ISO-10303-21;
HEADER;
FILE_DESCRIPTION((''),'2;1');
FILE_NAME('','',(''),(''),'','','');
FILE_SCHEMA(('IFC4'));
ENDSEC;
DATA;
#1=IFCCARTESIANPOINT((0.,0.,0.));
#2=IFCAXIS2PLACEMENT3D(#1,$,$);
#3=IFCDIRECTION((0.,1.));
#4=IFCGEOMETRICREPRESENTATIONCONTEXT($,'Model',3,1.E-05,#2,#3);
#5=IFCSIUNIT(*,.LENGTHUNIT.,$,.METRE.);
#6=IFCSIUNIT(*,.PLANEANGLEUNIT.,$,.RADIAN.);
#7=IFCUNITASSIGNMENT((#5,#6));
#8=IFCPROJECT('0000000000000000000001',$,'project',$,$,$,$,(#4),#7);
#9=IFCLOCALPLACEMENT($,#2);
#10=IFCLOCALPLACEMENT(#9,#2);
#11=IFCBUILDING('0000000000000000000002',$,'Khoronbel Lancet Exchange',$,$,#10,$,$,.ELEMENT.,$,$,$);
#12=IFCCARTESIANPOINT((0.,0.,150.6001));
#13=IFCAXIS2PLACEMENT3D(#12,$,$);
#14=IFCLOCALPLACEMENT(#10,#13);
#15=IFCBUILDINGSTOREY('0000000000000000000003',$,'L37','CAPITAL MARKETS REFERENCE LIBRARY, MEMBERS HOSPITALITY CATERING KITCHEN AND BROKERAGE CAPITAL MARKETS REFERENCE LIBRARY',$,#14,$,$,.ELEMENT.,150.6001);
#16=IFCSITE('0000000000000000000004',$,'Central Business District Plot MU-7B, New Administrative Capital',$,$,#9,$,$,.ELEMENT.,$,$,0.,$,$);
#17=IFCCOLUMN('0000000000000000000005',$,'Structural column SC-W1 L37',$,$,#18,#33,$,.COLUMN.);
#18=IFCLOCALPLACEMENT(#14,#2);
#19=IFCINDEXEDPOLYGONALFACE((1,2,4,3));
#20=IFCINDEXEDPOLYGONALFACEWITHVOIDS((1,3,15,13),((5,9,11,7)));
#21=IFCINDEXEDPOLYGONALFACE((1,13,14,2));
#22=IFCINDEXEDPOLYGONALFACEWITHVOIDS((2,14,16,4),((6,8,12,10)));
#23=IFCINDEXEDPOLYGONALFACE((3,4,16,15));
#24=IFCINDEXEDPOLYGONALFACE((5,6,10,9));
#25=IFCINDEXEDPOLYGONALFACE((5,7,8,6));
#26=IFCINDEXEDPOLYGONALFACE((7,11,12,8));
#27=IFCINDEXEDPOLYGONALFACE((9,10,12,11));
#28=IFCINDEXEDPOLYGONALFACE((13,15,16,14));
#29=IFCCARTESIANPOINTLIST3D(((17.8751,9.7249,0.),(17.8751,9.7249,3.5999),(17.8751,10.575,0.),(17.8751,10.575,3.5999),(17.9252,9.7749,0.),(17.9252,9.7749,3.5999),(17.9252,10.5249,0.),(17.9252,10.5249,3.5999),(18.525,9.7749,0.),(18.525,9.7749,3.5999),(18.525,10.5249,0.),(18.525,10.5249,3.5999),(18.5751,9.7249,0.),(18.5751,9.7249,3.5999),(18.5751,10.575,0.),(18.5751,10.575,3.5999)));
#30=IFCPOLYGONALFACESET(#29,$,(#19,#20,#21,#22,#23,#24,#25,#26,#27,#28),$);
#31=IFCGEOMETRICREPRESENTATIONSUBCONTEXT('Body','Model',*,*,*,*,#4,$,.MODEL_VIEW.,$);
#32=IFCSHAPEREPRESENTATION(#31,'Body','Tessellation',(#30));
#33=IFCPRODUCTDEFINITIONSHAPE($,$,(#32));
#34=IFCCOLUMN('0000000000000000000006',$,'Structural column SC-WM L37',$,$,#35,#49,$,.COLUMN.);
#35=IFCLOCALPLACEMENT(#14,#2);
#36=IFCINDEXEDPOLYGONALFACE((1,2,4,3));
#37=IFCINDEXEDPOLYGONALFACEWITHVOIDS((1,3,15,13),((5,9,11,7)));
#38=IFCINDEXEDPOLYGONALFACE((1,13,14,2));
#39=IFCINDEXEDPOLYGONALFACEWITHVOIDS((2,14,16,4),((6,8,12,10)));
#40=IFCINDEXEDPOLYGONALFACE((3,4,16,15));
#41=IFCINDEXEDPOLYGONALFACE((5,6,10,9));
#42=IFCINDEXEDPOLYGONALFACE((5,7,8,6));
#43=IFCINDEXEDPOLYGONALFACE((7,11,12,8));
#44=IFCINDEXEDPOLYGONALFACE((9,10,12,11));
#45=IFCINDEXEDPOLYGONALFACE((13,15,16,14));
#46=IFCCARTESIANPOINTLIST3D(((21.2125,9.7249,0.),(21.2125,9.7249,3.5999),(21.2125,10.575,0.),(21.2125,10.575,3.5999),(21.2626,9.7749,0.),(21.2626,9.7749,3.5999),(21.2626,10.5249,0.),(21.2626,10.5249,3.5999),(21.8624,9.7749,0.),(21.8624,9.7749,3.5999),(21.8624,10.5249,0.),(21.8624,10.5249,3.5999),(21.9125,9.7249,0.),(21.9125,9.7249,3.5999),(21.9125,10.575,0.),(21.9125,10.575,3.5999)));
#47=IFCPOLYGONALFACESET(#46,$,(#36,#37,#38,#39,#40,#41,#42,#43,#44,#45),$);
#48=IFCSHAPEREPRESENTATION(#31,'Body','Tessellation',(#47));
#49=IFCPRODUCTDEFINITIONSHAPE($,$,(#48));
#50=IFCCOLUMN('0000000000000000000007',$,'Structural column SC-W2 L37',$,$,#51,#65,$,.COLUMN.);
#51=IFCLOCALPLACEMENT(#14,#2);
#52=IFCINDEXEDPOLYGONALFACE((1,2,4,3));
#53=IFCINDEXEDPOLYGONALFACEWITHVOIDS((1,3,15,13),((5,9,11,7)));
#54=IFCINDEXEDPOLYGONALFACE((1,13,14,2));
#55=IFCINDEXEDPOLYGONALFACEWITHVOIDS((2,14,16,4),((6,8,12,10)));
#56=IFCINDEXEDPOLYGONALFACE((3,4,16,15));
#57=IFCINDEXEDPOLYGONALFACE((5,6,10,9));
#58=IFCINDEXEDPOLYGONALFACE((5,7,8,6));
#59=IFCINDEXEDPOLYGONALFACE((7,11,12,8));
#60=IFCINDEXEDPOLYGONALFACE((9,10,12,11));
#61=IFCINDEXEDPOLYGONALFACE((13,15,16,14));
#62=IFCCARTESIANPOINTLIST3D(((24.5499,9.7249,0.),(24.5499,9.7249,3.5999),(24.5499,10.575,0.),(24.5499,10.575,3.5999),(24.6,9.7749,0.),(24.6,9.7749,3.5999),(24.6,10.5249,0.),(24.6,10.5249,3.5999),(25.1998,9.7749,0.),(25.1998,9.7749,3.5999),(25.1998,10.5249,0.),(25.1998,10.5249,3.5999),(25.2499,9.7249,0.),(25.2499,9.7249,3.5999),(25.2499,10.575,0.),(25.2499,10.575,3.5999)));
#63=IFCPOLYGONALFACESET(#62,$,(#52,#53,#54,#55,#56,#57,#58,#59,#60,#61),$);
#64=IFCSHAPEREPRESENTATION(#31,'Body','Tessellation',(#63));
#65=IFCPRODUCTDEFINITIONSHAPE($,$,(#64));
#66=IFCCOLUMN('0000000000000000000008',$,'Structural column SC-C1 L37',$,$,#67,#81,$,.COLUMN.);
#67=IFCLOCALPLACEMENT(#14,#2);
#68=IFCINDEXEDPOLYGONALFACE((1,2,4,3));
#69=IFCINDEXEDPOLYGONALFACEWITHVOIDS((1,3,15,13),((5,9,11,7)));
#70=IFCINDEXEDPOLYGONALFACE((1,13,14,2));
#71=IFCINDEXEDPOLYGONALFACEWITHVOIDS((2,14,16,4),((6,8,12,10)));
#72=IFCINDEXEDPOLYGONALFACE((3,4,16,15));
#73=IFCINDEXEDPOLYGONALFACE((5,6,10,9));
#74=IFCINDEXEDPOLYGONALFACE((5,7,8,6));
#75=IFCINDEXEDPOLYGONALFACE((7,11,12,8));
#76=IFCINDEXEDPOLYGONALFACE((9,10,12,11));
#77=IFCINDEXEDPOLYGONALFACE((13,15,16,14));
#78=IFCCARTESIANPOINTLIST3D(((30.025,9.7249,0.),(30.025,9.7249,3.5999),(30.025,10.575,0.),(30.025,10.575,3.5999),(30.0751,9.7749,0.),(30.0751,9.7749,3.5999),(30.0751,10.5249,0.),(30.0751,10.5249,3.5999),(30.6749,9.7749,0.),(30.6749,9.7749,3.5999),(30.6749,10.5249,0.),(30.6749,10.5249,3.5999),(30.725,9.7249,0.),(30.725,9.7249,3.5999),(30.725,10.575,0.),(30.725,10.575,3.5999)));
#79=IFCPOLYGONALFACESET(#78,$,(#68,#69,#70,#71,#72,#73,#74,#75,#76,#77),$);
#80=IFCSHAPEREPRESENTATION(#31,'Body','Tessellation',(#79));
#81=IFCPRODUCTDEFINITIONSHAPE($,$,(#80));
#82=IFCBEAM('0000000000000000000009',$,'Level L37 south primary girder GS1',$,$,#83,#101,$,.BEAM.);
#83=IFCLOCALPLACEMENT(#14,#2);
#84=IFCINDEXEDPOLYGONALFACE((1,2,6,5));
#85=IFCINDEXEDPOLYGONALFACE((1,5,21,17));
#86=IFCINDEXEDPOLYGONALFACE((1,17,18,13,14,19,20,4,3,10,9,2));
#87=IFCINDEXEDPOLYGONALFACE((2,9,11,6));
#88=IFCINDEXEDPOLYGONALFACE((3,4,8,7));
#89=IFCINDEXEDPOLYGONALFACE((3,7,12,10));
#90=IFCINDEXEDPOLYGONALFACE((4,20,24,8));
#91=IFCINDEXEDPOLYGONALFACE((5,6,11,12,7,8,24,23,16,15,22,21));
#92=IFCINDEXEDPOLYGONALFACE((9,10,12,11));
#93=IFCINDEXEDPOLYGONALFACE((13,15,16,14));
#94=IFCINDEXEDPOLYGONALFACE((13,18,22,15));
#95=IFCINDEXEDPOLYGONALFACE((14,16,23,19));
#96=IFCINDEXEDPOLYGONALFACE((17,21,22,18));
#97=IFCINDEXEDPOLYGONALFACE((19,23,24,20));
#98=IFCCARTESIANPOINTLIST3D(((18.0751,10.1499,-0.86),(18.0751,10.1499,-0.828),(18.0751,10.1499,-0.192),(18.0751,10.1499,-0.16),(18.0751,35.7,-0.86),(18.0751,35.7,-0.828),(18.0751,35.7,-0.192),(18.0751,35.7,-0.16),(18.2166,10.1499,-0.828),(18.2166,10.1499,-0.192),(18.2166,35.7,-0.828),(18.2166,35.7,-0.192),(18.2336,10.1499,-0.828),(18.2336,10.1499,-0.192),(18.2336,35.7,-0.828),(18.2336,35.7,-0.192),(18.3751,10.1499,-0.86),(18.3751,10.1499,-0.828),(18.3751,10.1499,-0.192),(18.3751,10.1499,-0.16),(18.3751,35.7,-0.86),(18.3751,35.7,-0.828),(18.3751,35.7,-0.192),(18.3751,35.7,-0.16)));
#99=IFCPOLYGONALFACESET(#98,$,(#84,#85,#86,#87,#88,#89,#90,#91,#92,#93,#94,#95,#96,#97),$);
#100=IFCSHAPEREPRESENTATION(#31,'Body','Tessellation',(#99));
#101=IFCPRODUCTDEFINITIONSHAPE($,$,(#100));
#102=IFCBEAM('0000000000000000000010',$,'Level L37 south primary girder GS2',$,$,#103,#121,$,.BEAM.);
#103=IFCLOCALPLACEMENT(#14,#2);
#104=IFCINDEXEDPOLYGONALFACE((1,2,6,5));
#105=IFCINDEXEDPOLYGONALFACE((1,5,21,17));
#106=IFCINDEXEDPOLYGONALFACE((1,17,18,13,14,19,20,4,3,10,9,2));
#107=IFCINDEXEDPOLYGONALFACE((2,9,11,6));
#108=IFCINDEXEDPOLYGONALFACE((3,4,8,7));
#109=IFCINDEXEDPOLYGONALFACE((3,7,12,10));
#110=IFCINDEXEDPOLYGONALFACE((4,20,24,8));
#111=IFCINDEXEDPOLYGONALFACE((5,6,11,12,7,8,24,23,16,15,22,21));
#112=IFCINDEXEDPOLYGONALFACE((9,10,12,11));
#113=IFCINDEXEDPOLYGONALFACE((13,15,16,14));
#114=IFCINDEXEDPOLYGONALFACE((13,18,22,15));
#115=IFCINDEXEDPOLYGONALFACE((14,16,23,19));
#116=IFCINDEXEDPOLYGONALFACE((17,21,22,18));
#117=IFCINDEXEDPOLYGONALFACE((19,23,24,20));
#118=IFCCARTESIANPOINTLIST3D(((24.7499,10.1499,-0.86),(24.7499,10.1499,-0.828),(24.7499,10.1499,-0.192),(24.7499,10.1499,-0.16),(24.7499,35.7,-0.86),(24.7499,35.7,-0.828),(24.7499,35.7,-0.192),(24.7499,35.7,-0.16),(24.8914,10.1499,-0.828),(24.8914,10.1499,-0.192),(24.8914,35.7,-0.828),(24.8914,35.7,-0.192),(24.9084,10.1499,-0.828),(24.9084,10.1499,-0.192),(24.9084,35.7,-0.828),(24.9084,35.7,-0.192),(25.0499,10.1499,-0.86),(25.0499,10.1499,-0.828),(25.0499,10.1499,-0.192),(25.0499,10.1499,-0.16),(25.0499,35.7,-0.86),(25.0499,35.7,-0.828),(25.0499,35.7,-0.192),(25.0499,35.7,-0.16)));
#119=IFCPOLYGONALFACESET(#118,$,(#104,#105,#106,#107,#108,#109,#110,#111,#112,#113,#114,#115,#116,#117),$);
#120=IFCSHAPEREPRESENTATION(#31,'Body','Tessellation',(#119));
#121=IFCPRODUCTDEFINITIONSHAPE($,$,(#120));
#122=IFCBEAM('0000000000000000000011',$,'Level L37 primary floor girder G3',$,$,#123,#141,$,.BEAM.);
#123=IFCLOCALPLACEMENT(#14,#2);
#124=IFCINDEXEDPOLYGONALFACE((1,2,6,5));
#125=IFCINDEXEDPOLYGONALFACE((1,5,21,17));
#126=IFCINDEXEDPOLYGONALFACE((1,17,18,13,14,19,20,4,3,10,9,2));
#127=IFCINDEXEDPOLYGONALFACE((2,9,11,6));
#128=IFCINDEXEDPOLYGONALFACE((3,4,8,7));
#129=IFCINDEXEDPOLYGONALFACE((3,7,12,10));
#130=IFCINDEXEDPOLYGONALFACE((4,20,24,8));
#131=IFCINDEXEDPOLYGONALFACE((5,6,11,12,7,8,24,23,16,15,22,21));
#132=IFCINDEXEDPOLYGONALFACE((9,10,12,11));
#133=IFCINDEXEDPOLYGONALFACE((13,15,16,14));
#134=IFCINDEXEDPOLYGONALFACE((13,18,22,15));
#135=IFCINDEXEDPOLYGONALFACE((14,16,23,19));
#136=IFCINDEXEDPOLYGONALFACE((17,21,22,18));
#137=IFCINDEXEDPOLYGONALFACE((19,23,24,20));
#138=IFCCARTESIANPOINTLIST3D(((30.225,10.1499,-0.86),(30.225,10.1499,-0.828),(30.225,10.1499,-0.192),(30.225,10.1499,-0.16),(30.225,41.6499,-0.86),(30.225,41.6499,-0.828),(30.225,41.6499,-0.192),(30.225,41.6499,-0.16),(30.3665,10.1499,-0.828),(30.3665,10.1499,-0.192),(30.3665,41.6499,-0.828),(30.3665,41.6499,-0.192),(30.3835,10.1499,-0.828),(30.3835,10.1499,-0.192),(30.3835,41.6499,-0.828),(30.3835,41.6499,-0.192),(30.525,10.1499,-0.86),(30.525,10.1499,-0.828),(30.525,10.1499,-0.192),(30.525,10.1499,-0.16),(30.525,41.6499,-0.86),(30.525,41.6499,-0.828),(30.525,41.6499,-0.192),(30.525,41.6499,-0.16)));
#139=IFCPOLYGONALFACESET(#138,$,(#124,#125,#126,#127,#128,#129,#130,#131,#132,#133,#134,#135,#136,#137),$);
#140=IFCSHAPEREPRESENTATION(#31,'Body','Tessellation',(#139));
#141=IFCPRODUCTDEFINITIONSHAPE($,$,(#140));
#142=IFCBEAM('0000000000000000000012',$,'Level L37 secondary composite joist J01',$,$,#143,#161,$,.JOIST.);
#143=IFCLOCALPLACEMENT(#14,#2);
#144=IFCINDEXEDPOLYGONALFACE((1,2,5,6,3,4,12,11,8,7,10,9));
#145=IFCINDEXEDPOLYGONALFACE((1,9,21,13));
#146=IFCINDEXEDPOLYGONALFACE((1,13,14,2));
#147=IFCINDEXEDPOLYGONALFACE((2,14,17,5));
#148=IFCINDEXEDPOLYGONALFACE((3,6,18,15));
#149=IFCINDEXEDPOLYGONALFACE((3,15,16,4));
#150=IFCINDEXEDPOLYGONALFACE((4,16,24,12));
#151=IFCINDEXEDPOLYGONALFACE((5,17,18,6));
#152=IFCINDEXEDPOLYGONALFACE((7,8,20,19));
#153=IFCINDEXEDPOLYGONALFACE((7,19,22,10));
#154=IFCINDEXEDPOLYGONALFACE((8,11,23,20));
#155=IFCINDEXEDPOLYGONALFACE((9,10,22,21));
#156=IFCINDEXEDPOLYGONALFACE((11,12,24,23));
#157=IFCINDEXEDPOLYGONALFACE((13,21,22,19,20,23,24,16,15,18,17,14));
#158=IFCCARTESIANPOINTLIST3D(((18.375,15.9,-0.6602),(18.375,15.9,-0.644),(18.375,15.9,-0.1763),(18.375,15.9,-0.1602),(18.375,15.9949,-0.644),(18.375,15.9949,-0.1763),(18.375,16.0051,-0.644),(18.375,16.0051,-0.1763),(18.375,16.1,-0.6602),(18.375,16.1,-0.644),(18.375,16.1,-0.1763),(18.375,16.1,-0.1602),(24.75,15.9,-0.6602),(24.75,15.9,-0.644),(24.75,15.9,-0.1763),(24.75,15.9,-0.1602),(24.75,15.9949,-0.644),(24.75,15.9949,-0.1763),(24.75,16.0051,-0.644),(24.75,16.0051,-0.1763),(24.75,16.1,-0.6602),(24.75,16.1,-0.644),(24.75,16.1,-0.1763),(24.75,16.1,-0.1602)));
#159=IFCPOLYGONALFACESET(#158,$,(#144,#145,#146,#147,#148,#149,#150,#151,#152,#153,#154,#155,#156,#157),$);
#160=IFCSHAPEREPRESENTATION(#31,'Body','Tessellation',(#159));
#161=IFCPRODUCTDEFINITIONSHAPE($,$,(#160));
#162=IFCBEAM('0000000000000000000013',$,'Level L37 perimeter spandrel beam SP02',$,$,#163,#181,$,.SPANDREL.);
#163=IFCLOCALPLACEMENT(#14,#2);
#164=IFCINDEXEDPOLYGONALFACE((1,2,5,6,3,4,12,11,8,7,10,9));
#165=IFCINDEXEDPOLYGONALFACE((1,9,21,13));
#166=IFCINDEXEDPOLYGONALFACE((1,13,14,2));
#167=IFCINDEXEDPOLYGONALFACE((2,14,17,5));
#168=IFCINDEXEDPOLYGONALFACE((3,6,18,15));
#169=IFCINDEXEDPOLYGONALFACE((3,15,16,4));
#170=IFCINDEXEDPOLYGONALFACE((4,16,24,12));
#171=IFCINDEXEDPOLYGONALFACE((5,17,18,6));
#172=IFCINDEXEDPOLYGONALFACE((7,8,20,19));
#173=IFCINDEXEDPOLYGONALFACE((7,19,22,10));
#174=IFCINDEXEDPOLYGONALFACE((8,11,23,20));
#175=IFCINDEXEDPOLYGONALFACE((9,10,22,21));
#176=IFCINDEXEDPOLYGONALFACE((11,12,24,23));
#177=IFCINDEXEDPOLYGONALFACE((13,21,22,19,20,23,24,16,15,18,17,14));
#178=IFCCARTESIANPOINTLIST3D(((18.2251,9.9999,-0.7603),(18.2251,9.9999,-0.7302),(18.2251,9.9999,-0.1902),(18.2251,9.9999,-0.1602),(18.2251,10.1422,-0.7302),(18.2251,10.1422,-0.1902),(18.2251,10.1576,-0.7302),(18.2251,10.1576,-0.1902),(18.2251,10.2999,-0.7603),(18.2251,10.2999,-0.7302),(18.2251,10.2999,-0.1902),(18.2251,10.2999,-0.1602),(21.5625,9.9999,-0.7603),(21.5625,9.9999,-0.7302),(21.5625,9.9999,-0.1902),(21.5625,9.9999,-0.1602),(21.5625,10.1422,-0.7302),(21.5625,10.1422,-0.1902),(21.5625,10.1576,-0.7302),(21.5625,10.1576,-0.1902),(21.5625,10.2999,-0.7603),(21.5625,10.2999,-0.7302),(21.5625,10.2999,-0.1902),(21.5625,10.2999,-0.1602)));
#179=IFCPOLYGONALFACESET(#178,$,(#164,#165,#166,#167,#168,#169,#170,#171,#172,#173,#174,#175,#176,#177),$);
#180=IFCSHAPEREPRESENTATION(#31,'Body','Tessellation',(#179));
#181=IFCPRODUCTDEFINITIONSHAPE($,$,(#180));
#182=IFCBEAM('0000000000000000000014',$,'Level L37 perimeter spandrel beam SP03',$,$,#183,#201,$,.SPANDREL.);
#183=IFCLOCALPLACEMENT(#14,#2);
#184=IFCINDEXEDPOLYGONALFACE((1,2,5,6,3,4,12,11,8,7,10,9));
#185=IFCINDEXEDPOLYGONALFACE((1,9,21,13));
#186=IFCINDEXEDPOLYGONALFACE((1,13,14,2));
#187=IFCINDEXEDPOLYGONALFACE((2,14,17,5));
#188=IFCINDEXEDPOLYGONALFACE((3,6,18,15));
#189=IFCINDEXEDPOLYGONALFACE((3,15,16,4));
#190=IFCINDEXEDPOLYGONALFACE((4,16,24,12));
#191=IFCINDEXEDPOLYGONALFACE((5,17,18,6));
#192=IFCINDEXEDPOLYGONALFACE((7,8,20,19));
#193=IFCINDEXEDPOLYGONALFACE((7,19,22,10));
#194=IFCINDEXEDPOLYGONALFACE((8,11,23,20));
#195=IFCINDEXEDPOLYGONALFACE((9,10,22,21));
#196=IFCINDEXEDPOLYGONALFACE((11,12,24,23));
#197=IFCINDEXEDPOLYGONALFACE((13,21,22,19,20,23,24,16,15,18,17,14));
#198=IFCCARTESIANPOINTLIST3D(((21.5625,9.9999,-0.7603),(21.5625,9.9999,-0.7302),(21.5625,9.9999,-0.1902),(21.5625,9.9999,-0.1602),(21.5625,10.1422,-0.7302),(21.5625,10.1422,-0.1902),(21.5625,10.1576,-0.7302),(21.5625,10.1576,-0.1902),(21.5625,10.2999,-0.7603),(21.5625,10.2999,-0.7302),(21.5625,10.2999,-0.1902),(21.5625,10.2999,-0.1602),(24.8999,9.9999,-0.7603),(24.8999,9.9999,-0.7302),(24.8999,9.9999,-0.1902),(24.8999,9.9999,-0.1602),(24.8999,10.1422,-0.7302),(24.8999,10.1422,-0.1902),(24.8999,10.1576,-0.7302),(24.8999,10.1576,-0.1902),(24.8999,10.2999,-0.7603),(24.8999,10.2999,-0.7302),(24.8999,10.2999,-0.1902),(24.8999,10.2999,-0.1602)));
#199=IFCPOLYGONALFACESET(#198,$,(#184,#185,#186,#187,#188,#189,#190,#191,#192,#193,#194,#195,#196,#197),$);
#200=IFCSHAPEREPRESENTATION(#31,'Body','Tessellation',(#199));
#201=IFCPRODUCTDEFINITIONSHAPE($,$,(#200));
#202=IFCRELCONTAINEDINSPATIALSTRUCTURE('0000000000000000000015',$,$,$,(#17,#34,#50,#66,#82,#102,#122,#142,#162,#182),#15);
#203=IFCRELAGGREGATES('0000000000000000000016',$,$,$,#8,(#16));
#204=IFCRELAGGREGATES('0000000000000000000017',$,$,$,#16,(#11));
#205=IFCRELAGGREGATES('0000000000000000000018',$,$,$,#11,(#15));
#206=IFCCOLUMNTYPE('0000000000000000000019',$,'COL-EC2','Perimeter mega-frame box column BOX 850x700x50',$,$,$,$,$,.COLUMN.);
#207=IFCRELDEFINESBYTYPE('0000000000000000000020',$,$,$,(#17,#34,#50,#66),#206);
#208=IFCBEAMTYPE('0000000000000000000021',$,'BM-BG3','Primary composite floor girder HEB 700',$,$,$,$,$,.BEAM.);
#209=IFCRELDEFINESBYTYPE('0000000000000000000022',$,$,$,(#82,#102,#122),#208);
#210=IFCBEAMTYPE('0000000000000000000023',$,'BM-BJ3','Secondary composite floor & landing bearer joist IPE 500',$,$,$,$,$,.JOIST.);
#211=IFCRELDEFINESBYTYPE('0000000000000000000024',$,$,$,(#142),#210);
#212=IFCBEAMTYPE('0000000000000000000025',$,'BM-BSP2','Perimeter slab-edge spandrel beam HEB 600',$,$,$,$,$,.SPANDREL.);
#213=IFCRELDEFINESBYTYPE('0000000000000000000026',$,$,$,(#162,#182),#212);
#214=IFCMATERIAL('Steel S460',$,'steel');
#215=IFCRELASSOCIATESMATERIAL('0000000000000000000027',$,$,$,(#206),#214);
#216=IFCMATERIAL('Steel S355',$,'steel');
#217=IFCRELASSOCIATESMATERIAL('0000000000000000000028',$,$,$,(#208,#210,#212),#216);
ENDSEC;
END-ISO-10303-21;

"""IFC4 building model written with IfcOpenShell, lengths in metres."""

from ifc_helpers import new_model, si_unit, direction, frame, origin, origin_2d, place, context, subcontext, project, spatial, hollow_rectangle, i_section, extrude, material, material_profile, profile_set, type_object, element, save


model = new_model("IFC4")

# Units and contexts
model_context = context("Model", 3, precision=1e-05, world=origin(), true_north=direction((0.0, 1.0)))
body_context = subcontext(model_context, "Body", "Model", "MODEL_VIEW")
ifc_project = project(units=[si_unit("LENGTHUNIT", "METRE"), si_unit("PLANEANGLEUNIT", "RADIAN")], contexts=[model_context])

# Site, building, storey
site_placement = place(None, origin())
site = spatial("IfcSite", under=ifc_project, at=site_placement, Name="Central Business District Plot MU-7B, New Administrative Capital", CompositionType="ELEMENT", RefElevation=0.0)
building_placement = place(site_placement, origin())
building = spatial("IfcBuilding", under=site, at=building_placement, Name="Khoronbel Lancet Exchange", CompositionType="ELEMENT")
storey_placement = place(building_placement, frame((0.0, 0.0, 150.6001)))
storey = spatial("IfcBuildingStorey", under=building, at=storey_placement, Name="L37", Description="CAPITAL MARKETS REFERENCE LIBRARY, MEMBERS HOSPITALITY CATERING KITCHEN AND BROKERAGE CAPITAL MARKETS REFERENCE LIBRARY", CompositionType="ELEMENT", Elevation=150.6001)

# Columns
ifc_material_1 = material(Name="Steel S460", Category="steel")
ifc_material_profile_1 = material_profile(ifc_material_1, hollow_rectangle(XDim=0.7, YDim=0.8501, WallThickness=0.05, at=origin_2d()), Name="BOX 850x700x50")
ifc_profile_set_1 = profile_set([ifc_material_profile_1], Name="Steel S460")
column_type = type_object("IfcColumnType", Name="COL-EC2", Description="Perimeter mega-frame box column BOX 850x700x50", PredefinedType="COLUMN", material=ifc_profile_set_1)
for number, where, z_axis, x_axis, name in (
    (1, (18.2251, 10.1499, 0.0), (0.0, 0.0, 1.0), (1.0, 0.0, 0.0), "Structural column SC-W1 L37"),
    (2, (21.5625, 10.1499, 0.0), (0.0, 0.0, 1.0), (1.0, 0.0, 0.0), "Structural column SC-WM L37"),
    (3, (24.8999, 10.1499, 0.0), (0.0, 0.0, 1.0), (1.0, 0.0, 0.0), "Structural column SC-W2 L37"),
    (4, (30.375, 10.1499, 0.0), (0.0, 0.0, 1.0), (1.0, 0.0, 0.0), "Structural column SC-C1 L37"),
):
    element("IfcColumn", number, at=place(storey_placement, frame(where, z_axis=z_axis, x_axis=x_axis)), inside=storey, type_object=column_type, Name=name, PredefinedType="COLUMN", context=body_context, shape_type="SweptSolid", body=[
        extrude(hollow_rectangle(XDim=0.7, YDim=0.8501, WallThickness=0.05, at=origin_2d()), origin(), (0.0, 0.0, 1.0), 3.5999),
    ])

# Beams
ifc_material_2 = material(Name="Steel S355", Category="steel")
ifc_material_profile_2 = material_profile(ifc_material_2, i_section(OverallWidth=0.3, OverallDepth=0.7, WebThickness=0.0171, FlangeThickness=0.032, at=origin_2d()), Name="HEB 700")
ifc_profile_set_2 = profile_set([ifc_material_profile_2], Name="Steel S355")
beam_type_1 = type_object("IfcBeamType", Name="BM-BG3", Description="Primary composite floor girder HEB 700", PredefinedType="BEAM", material=ifc_profile_set_2)
for number, where, z_axis, x_axis, name in (
    (5, (18.2251, 10.1499, -0.51), (0.0, 1.0, 0.0), (-1.0, 0.0, 0.0), "Level L37 south primary girder GS1"),
    (6, (24.8999, 10.1499, -0.51), (0.0, 1.0, 0.0), (-1.0, 0.0, 0.0), "Level L37 south primary girder GS2"),
):
    element("IfcBeam", number, at=place(storey_placement, frame(where, z_axis=z_axis, x_axis=x_axis)), inside=storey, type_object=beam_type_1, Name=name, PredefinedType="BEAM", context=body_context, shape_type="SweptSolid", body=[
        extrude(i_section(OverallWidth=0.3, OverallDepth=0.7, WebThickness=0.0171, FlangeThickness=0.032, at=origin_2d()), origin(), (0.0, 0.0, 1.0), 25.55),
    ])
beam_1_placement = place(storey_placement, frame((30.375, 10.1499, -0.51), z_axis=(0.0, 1.0, 0.0), x_axis=(-1.0, 0.0, 0.0)))
element("IfcBeam", 7, at=beam_1_placement, inside=storey, type_object=beam_type_1, Name="Level L37 primary floor girder G3", PredefinedType="BEAM", context=body_context, shape_type="SweptSolid", body=[
    extrude(i_section(OverallWidth=0.3, OverallDepth=0.7, WebThickness=0.0171, FlangeThickness=0.032, at=origin_2d()), origin(), (0.0, 0.0, 1.0), 31.5),
])
ifc_material_profile_3 = material_profile(ifc_material_2, i_section(OverallWidth=0.2, OverallDepth=0.5, WebThickness=0.0103, FlangeThickness=0.0161, at=origin_2d()), Name="IPE 500")
ifc_profile_set_3 = profile_set([ifc_material_profile_3], Name="Steel S355")
beam_type_2 = type_object("IfcBeamType", Name="BM-BJ3", Description="Secondary composite floor & landing bearer joist IPE 500", PredefinedType="JOIST", material=ifc_profile_set_3)
beam_2_placement = place(storey_placement, frame((18.375, 16.0, -0.4102), z_axis=(1.0, 0.0, 0.0), x_axis=(0.0, 1.0, 0.0)))
element("IfcBeam", 8, at=beam_2_placement, inside=storey, type_object=beam_type_2, Name="Level L37 secondary composite joist J01", PredefinedType="JOIST", context=body_context, shape_type="SweptSolid", body=[
    extrude(i_section(OverallWidth=0.2, OverallDepth=0.5, WebThickness=0.0103, FlangeThickness=0.0161, at=origin_2d()), origin(), (0.0, 0.0, 1.0), 6.375),
])
ifc_material_profile_4 = material_profile(ifc_material_2, i_section(OverallWidth=0.3, OverallDepth=0.6001, WebThickness=0.0154, FlangeThickness=0.03, at=origin_2d()), Name="HEB 600")
ifc_profile_set_4 = profile_set([ifc_material_profile_4], Name="Steel S355")
beam_type_3 = type_object("IfcBeamType", Name="BM-BSP2", Description="Perimeter slab-edge spandrel beam HEB 600", PredefinedType="SPANDREL", material=ifc_profile_set_4)
for number, where, z_axis, x_axis, name in (
    (9, (18.2251, 10.1499, -0.4602), (1.0, 0.0, 0.0), (0.0, 1.0, 0.0), "Level L37 perimeter spandrel beam SP02"),
    (10, (21.5625, 10.1499, -0.4602), (1.0, 0.0, 0.0), (0.0, 1.0, 0.0), "Level L37 perimeter spandrel beam SP03"),
):
    element("IfcBeam", number, at=place(storey_placement, frame(where, z_axis=z_axis, x_axis=x_axis)), inside=storey, type_object=beam_type_3, Name=name, PredefinedType="SPANDREL", context=body_context, shape_type="SweptSolid", body=[
        extrude(i_section(OverallWidth=0.3, OverallDepth=0.6001, WebThickness=0.0154, FlangeThickness=0.03, at=origin_2d()), origin(), (0.0, 0.0, 1.0), 3.3374),
    ])

save(model, "model.ifc")
